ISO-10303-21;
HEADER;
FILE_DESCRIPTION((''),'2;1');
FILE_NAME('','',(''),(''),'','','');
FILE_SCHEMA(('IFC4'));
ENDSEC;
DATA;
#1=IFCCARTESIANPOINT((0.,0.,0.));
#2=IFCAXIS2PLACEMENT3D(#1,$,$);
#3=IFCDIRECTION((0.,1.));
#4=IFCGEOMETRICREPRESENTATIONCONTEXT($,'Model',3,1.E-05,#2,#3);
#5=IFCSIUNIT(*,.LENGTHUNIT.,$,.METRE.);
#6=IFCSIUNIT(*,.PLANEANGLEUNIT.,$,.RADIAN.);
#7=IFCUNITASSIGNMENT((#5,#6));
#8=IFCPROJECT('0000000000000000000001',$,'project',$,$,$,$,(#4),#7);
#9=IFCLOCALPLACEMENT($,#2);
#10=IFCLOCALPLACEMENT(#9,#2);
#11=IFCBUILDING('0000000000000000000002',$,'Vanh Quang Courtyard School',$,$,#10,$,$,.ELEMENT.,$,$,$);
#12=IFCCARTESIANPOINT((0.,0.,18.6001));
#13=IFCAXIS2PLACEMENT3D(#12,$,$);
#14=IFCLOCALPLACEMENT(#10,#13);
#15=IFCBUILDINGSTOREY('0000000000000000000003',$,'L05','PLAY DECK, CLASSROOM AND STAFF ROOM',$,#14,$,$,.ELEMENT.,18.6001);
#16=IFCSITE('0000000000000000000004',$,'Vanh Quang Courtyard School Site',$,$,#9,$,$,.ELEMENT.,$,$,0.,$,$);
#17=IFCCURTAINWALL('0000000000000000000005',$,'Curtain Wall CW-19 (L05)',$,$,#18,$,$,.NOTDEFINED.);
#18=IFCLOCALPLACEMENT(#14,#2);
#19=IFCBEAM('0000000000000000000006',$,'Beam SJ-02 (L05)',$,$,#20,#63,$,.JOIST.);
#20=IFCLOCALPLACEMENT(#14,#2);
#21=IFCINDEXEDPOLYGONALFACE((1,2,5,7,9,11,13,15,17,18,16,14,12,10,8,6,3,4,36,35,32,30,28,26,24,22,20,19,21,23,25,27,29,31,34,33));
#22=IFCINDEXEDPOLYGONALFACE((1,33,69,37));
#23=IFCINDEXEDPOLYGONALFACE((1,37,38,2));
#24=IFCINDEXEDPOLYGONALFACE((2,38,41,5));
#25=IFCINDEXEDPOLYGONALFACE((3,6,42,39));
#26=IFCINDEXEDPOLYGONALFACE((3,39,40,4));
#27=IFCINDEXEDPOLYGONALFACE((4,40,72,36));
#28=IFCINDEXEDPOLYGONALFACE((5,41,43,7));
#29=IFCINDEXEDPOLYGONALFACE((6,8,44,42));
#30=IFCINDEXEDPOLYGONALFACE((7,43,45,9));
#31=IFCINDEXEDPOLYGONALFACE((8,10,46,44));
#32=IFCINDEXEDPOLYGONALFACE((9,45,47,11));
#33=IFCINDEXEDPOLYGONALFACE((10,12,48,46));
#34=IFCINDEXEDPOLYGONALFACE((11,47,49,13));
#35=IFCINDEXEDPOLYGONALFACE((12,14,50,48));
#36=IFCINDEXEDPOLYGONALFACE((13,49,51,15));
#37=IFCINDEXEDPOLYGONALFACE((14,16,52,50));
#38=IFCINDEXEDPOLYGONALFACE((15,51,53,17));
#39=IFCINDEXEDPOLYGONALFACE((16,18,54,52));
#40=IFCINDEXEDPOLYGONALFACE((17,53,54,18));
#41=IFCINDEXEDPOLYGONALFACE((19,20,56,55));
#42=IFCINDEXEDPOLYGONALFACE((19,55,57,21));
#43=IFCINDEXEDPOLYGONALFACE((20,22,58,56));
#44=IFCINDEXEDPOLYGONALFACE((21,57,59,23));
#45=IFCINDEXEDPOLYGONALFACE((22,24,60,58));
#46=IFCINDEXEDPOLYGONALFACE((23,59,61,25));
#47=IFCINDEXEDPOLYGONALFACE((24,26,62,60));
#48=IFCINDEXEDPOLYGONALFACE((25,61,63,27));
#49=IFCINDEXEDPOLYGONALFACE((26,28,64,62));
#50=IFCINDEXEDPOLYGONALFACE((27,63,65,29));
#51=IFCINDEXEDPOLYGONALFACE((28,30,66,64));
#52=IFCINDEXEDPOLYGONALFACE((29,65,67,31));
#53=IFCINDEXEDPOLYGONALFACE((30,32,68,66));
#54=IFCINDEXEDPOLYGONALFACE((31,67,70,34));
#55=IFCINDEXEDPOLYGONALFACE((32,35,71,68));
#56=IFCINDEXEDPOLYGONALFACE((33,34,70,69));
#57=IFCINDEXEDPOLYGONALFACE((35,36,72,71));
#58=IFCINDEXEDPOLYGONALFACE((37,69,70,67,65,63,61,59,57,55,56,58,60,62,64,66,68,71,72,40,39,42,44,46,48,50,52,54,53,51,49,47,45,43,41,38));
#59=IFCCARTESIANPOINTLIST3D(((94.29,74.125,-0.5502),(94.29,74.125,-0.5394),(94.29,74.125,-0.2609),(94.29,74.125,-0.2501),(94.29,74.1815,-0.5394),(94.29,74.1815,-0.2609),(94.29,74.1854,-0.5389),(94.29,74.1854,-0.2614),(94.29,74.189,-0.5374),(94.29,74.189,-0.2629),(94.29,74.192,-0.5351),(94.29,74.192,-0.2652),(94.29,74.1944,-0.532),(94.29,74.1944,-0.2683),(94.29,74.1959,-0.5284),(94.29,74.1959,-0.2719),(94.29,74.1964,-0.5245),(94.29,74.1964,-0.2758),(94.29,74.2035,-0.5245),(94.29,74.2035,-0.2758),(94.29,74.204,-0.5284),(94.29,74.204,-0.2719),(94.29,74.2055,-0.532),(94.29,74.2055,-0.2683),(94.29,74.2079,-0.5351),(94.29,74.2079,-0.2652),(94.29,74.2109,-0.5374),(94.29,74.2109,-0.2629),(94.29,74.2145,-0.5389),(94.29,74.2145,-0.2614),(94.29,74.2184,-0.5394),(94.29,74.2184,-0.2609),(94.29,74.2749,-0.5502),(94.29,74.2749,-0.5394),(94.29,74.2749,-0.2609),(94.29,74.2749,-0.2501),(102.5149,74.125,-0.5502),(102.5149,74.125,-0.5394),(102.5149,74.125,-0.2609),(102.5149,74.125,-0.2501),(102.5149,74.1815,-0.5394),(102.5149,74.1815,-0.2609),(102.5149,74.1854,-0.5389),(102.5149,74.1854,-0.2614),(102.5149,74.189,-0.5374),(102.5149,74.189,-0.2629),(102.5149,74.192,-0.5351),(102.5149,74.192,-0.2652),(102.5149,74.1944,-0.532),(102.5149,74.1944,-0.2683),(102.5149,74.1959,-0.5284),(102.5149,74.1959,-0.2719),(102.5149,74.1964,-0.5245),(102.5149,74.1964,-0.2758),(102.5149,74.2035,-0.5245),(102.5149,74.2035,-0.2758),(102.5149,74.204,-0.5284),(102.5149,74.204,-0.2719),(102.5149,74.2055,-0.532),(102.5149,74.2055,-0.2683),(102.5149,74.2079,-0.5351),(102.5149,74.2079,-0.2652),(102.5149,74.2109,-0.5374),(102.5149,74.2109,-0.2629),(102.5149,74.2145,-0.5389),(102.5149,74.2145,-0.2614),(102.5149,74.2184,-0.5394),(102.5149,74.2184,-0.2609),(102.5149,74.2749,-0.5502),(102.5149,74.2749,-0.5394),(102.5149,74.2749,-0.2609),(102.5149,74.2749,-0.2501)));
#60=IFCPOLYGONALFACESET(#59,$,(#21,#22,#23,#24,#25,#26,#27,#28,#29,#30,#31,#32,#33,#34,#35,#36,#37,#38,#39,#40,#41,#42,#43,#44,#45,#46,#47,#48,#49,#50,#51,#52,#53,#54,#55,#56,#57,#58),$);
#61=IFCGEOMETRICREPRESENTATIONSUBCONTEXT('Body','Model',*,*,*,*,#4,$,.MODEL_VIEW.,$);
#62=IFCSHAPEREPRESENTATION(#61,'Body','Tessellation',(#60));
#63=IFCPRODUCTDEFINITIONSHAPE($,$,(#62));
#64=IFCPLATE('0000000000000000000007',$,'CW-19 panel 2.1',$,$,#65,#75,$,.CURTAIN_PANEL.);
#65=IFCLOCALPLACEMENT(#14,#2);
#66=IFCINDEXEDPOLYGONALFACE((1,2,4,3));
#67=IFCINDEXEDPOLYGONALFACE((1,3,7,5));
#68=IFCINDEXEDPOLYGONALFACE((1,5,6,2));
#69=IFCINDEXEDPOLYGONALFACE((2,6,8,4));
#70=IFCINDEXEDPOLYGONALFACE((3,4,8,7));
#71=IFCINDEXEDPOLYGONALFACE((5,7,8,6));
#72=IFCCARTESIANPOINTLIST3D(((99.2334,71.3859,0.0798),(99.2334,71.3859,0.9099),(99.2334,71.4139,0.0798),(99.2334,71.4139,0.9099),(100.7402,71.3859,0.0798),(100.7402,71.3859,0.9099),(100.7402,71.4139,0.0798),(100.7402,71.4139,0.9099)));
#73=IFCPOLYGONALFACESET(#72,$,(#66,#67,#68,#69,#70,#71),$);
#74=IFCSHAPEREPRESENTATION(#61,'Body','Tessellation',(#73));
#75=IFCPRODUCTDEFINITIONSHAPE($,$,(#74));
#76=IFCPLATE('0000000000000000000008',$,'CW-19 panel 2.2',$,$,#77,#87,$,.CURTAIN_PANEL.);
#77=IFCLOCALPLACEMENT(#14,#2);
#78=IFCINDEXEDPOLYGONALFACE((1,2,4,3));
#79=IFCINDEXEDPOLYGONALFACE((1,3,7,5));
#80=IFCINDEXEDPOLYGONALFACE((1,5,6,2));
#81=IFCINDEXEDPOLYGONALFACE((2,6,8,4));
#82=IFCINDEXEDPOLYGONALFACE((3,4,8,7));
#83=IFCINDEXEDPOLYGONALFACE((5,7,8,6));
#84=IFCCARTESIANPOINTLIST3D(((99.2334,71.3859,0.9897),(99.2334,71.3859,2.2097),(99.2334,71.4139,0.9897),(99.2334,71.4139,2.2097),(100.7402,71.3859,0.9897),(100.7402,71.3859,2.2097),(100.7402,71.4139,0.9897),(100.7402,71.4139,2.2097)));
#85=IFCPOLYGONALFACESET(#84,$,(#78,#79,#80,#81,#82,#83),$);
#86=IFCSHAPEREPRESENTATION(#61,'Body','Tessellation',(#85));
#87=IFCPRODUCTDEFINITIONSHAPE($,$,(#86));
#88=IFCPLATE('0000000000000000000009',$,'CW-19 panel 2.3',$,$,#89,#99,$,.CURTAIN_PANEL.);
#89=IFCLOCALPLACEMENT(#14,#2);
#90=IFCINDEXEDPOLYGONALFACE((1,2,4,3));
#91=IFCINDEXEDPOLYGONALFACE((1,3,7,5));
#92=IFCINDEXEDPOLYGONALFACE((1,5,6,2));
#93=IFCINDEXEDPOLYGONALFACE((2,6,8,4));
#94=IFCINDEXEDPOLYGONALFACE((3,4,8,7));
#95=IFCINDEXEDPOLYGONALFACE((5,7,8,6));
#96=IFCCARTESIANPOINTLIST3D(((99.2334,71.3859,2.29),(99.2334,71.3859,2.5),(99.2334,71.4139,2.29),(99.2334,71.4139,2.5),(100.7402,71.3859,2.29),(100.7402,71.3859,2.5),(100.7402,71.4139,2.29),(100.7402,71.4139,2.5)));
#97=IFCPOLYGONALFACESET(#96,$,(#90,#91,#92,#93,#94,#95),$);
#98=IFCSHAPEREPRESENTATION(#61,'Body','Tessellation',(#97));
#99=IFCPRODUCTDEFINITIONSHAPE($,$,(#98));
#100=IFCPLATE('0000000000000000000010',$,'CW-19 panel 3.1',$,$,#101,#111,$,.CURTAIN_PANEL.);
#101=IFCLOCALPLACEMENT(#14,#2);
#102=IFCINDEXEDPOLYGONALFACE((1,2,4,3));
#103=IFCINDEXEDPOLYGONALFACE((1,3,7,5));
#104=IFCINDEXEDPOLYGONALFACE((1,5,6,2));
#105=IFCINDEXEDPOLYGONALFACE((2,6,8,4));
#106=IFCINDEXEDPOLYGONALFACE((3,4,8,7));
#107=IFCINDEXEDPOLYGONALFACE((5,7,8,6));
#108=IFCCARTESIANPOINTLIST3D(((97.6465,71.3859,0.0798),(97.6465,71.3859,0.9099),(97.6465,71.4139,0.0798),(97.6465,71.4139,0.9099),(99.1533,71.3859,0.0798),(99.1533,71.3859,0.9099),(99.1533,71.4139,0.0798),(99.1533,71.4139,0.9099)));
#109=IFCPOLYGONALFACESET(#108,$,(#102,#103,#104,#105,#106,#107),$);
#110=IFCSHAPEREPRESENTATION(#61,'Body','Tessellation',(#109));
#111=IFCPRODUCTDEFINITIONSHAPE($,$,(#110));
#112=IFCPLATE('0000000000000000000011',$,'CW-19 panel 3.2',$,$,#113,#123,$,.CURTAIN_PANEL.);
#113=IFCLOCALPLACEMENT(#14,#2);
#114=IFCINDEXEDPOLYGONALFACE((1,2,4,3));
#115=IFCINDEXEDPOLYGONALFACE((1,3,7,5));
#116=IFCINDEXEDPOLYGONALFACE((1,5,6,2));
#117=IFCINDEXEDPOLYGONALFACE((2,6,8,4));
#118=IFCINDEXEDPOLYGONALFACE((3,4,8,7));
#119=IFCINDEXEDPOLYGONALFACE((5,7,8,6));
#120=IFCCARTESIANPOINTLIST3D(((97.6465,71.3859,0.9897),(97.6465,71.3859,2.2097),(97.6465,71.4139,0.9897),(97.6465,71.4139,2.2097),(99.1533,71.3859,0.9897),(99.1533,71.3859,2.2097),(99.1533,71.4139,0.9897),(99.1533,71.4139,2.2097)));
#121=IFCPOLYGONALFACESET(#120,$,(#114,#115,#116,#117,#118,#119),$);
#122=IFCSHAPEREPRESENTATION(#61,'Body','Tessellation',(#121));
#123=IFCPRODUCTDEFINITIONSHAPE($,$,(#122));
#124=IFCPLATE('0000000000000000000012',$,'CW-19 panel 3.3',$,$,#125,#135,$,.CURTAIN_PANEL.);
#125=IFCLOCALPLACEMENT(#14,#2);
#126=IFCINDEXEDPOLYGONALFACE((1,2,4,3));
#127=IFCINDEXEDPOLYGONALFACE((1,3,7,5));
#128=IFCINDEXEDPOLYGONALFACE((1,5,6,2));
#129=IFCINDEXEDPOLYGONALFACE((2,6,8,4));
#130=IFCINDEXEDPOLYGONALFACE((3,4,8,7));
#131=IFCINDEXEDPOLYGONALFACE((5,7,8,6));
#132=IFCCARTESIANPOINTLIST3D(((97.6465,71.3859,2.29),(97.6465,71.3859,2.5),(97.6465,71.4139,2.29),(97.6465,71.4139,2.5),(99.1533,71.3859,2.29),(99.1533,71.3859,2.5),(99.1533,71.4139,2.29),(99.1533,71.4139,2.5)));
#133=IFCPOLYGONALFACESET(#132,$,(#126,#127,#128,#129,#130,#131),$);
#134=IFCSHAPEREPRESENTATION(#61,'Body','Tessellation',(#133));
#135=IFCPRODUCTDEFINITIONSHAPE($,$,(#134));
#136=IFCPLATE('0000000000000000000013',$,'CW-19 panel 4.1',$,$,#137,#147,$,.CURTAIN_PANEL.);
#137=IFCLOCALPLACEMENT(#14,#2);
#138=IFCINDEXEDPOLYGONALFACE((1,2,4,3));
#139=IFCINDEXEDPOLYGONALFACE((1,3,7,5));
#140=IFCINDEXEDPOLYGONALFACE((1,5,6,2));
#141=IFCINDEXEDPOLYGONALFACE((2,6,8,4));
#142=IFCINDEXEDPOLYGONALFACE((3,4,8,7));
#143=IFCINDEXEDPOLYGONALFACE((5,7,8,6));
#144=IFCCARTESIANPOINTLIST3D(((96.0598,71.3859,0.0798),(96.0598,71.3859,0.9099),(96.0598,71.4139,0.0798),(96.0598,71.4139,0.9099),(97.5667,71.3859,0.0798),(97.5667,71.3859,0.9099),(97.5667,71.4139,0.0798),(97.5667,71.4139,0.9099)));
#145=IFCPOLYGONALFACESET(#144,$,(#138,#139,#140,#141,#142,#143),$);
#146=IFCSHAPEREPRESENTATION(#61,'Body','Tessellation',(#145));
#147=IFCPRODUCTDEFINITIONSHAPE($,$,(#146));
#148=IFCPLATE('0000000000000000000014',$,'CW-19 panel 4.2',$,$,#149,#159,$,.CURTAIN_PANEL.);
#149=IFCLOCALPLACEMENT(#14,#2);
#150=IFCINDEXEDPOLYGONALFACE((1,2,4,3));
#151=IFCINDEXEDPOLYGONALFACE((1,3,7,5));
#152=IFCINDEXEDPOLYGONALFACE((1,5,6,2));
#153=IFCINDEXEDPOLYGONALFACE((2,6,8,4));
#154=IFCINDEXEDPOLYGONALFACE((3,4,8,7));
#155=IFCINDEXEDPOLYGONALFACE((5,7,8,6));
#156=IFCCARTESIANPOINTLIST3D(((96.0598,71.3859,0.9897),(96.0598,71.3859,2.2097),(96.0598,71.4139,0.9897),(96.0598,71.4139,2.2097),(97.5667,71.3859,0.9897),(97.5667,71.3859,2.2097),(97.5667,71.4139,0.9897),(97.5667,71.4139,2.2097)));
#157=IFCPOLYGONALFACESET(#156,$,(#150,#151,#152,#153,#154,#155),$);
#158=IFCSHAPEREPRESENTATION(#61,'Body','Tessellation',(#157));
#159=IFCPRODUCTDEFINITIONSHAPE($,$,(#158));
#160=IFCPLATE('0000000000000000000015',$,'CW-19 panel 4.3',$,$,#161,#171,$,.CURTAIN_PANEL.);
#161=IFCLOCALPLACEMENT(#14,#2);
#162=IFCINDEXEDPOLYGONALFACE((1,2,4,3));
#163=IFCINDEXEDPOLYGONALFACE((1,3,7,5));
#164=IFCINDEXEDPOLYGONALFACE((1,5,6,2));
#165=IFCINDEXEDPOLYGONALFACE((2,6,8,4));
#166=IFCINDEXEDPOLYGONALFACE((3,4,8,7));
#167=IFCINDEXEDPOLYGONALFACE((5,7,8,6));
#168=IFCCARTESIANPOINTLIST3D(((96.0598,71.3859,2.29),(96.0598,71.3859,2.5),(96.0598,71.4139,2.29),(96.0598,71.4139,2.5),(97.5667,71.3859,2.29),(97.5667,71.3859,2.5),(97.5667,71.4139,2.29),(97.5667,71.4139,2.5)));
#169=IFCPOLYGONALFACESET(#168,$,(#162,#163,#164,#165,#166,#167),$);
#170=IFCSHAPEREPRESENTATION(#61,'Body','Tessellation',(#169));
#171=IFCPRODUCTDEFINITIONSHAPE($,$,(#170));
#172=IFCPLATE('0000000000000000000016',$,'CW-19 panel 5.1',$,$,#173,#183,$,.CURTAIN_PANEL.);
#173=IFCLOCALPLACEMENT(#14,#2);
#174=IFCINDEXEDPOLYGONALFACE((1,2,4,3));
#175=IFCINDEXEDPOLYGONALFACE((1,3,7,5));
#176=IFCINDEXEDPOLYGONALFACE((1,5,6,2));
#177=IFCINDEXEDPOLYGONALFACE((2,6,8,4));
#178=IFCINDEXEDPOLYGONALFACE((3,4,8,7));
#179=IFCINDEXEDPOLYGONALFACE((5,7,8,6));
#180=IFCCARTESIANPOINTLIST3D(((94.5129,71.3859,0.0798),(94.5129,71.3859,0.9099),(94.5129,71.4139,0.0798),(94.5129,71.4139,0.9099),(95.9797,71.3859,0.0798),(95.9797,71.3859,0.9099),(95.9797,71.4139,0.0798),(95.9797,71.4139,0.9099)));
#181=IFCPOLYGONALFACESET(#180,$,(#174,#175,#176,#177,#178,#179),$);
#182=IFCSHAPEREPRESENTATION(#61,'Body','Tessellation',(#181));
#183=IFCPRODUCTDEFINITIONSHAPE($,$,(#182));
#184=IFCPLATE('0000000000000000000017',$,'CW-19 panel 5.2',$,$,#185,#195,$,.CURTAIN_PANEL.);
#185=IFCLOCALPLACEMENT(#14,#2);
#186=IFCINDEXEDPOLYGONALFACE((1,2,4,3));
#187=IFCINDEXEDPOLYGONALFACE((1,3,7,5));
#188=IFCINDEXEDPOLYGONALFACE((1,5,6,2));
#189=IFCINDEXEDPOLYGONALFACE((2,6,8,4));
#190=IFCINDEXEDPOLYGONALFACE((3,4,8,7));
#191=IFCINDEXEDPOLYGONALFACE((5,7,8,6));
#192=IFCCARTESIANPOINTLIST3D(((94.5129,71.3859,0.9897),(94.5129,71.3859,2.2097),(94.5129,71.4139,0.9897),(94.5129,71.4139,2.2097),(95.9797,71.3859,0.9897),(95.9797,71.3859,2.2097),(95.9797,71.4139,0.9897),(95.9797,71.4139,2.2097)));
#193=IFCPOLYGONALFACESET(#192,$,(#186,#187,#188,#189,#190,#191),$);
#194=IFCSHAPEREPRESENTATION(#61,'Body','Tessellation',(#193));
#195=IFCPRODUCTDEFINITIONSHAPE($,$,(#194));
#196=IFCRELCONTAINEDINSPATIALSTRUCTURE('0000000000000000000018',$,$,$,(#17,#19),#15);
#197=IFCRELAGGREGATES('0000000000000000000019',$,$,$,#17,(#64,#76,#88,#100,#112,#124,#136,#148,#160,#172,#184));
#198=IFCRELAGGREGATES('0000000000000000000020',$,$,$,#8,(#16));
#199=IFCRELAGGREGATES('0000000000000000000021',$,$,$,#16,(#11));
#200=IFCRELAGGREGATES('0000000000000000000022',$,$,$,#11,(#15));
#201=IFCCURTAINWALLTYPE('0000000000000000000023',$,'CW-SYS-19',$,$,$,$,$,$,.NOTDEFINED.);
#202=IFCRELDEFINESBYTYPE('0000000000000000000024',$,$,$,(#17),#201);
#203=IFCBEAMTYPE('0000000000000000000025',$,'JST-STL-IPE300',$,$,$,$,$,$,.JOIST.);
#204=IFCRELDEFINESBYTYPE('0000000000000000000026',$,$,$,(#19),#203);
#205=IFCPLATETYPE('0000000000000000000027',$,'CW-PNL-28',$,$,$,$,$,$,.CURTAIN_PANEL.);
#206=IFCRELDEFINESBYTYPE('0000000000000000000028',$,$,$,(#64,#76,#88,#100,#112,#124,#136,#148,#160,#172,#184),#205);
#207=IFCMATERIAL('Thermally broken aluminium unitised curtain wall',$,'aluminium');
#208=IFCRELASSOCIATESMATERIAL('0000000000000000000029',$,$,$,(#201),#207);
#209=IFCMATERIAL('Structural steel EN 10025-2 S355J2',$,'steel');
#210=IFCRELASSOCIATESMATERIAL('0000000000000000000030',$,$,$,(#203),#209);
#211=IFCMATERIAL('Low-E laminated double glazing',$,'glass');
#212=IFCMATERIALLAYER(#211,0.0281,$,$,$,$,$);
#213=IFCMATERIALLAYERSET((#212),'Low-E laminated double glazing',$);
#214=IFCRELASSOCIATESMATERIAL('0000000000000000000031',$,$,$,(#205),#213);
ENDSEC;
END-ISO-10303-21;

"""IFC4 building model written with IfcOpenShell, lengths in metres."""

from ifc_helpers import new_model, si_unit, direction, frame, origin, origin_2d, place, context, subcontext, project, spatial, rectangle, i_section, extrude, material, layer, layer_set, material_profile, profile_set, type_object, element, aggregate, save


model = new_model("IFC4")

# Units and contexts
model_context = context("Model", 3, precision=1e-05, world=origin(), true_north=direction((0.0, 1.0)))
body_context = subcontext(model_context, "Body", "Model", "MODEL_VIEW")
ifc_project = project(units=[si_unit("LENGTHUNIT", "METRE"), si_unit("PLANEANGLEUNIT", "RADIAN")], contexts=[model_context])

# Site, building, storey
site_placement = place(None, origin())
site = spatial("IfcSite", under=ifc_project, at=site_placement, Name="Vanh Quang Courtyard School Site", CompositionType="ELEMENT", RefElevation=0.0)
building_placement = place(site_placement, origin())
building = spatial("IfcBuilding", under=site, at=building_placement, Name="Vanh Quang Courtyard School", CompositionType="ELEMENT")
storey_placement = place(building_placement, frame((0.0, 0.0, 18.6001)))
storey = spatial("IfcBuildingStorey", under=building, at=storey_placement, Name="L05", Description="PLAY DECK, CLASSROOM AND STAFF ROOM", CompositionType="ELEMENT", Elevation=18.6001)

# Shared definitions
ifc_material_1 = material(Name="Structural steel EN 10025-2 S355J2", Category="steel")

# Shared definitions
ifc_material_2 = material(Name="Thermally broken aluminium unitised curtain wall", Category="aluminium")

# Curtain wall
curtain_wall_type_1 = type_object("IfcCurtainWallType", Name="CW-SYS-19", PredefinedType="NOTDEFINED", material=ifc_material_2)
curtain_wall_1_placement = place(storey_placement, origin())
curtain_wall_1 = element("IfcCurtainWall", 1, at=curtain_wall_1_placement, inside=storey, type_object=curtain_wall_type_1, Name="Curtain Wall CW-19 (L05)", PredefinedType="NOTDEFINED")

# Beam
ifc_material_profile_1 = material_profile(ifc_material_1, i_section(OverallWidth=0.1499, OverallDepth=0.3, WebThickness=0.0071, FlangeThickness=0.0107, FilletRadius=0.0149, at=origin_2d()), Name="IPE 300")
ifc_profile_set_1 = profile_set([ifc_material_profile_1], Name="Structural steel EN 10025-2 S355J2")
beam_type_1 = type_object("IfcBeamType", Name="JST-STL-IPE300", PredefinedType="JOIST", material=ifc_profile_set_1)
beam_1_placement = place(storey_placement, frame((94.29, 74.2, -0.4001), z_axis=(1.0, 0.0, 0.0), x_axis=(0.0, 1.0, 0.0)))
element("IfcBeam", 2, at=beam_1_placement, inside=storey, type_object=beam_type_1, Name="Beam SJ-02 (L05)", PredefinedType="JOIST", context=body_context, shape_type="SweptSolid", body=[
    extrude(i_section(OverallWidth=0.1499, OverallDepth=0.3, WebThickness=0.0071, FlangeThickness=0.0107, FilletRadius=0.0149, at=origin_2d()), origin(), (0.0, 0.0, 1.0), 8.2249),
])

# Plates
ifc_material_3 = material(Name="Low-E laminated double glazing", Category="glass")
ifc_layer_1 = layer(ifc_material_3, 0.0281)
ifc_layer_set_1 = layer_set([ifc_layer_1], Name="Low-E laminated double glazing")
plate_type = type_object("IfcPlateType", Name="CW-PNL-28", PredefinedType="CURTAIN_PANEL", material=ifc_layer_set_1)
plate_1_placement = place(storey_placement, frame((99.9868, 71.3999, 0.0798), z_axis=(0.0, 0.0, 1.0), x_axis=(-1.0, 0.0, 0.0)))
plate_1 = element("IfcPlate", 3, at=plate_1_placement, type_object=plate_type, Name="CW-19 panel 2.1", PredefinedType="CURTAIN_PANEL", context=body_context, shape_type="SweptSolid", body=[
    extrude(rectangle(XDim=1.5068, YDim=0.0281, at=origin_2d()), origin(), (0.0, 0.0, 1.0), 0.8301),
])
plate_2_placement = place(storey_placement, frame((99.9868, 71.3999, 0.9897), z_axis=(0.0, 0.0, 1.0), x_axis=(-1.0, 0.0, 0.0)))
plate_2 = element("IfcPlate", 4, at=plate_2_placement, type_object=plate_type, Name="CW-19 panel 2.2", PredefinedType="CURTAIN_PANEL", context=body_context, shape_type="SweptSolid", body=[
    extrude(rectangle(XDim=1.5068, YDim=0.0281, at=origin_2d()), origin(), (0.0, 0.0, 1.0), 1.22),
])
plate_3_placement = place(storey_placement, frame((99.9868, 71.3999, 2.29), z_axis=(0.0, 0.0, 1.0), x_axis=(-1.0, 0.0, 0.0)))
plate_3 = element("IfcPlate", 5, at=plate_3_placement, type_object=plate_type, Name="CW-19 panel 2.3", PredefinedType="CURTAIN_PANEL", context=body_context, shape_type="SweptSolid", body=[
    extrude(rectangle(XDim=1.5068, YDim=0.0281, at=origin_2d()), origin(), (0.0, 0.0, 1.0), 0.21),
])
plate_4_placement = place(storey_placement, frame((98.3999, 71.3999, 0.0798), z_axis=(0.0, 0.0, 1.0), x_axis=(-1.0, 0.0, 0.0)))
plate_4 = element("IfcPlate", 6, at=plate_4_placement, type_object=plate_type, Name="CW-19 panel 3.1", PredefinedType="CURTAIN_PANEL", context=body_context, shape_type="SweptSolid", body=[
    extrude(rectangle(XDim=1.5068, YDim=0.0281, at=origin_2d()), origin(), (0.0, 0.0, 1.0), 0.8301),
])
plate_5_placement = place(storey_placement, frame((98.3999, 71.3999, 0.9897), z_axis=(0.0, 0.0, 1.0), x_axis=(-1.0, 0.0, 0.0)))
plate_5 = element("IfcPlate", 7, at=plate_5_placement, type_object=plate_type, Name="CW-19 panel 3.2", PredefinedType="CURTAIN_PANEL", context=body_context, shape_type="SweptSolid", body=[
    extrude(rectangle(XDim=1.5068, YDim=0.0281, at=origin_2d()), origin(), (0.0, 0.0, 1.0), 1.22),
])
plate_6_placement = place(storey_placement, frame((98.3999, 71.3999, 2.29), z_axis=(0.0, 0.0, 1.0), x_axis=(-1.0, 0.0, 0.0)))
plate_6 = element("IfcPlate", 8, at=plate_6_placement, type_object=plate_type, Name="CW-19 panel 3.3", PredefinedType="CURTAIN_PANEL", context=body_context, shape_type="SweptSolid", body=[
    extrude(rectangle(XDim=1.5068, YDim=0.0281, at=origin_2d()), origin(), (0.0, 0.0, 1.0), 0.21),
])
plate_7_placement = place(storey_placement, frame((96.8132, 71.3999, 0.0798), z_axis=(0.0, 0.0, 1.0), x_axis=(-1.0, 0.0, 0.0)))
plate_7 = element("IfcPlate", 9, at=plate_7_placement, type_object=plate_type, Name="CW-19 panel 4.1", PredefinedType="CURTAIN_PANEL", context=body_context, shape_type="SweptSolid", body=[
    extrude(rectangle(XDim=1.5068, YDim=0.0281, at=origin_2d()), origin(), (0.0, 0.0, 1.0), 0.8301),
])
plate_8_placement = place(storey_placement, frame((96.8132, 71.3999, 0.9897), z_axis=(0.0, 0.0, 1.0), x_axis=(-1.0, 0.0, 0.0)))
plate_8 = element("IfcPlate", 10, at=plate_8_placement, type_object=plate_type, Name="CW-19 panel 4.2", PredefinedType="CURTAIN_PANEL", context=body_context, shape_type="SweptSolid", body=[
    extrude(rectangle(XDim=1.5068, YDim=0.0281, at=origin_2d()), origin(), (0.0, 0.0, 1.0), 1.22),
])
plate_9_placement = place(storey_placement, frame((96.8132, 71.3999, 2.29), z_axis=(0.0, 0.0, 1.0), x_axis=(-1.0, 0.0, 0.0)))
plate_9 = element("IfcPlate", 11, at=plate_9_placement, type_object=plate_type, Name="CW-19 panel 4.3", PredefinedType="CURTAIN_PANEL", context=body_context, shape_type="SweptSolid", body=[
    extrude(rectangle(XDim=1.5068, YDim=0.0281, at=origin_2d()), origin(), (0.0, 0.0, 1.0), 0.21),
])
plate_10_placement = place(storey_placement, frame((95.2463, 71.3999, 0.0798), z_axis=(0.0, 0.0, 1.0), x_axis=(-1.0, 0.0, 0.0)))
plate_10 = element("IfcPlate", 12, at=plate_10_placement, type_object=plate_type, Name="CW-19 panel 5.1", PredefinedType="CURTAIN_PANEL", context=body_context, shape_type="SweptSolid", body=[
    extrude(rectangle(XDim=1.4668, YDim=0.0281, at=origin_2d()), origin(), (0.0, 0.0, 1.0), 0.8301),
])
plate_11_placement = place(storey_placement, frame((95.2463, 71.3999, 0.9897), z_axis=(0.0, 0.0, 1.0), x_axis=(-1.0, 0.0, 0.0)))
plate_11 = element("IfcPlate", 13, at=plate_11_placement, type_object=plate_type, Name="CW-19 panel 5.2", PredefinedType="CURTAIN_PANEL", context=body_context, shape_type="SweptSolid", body=[
    extrude(rectangle(XDim=1.4668, YDim=0.0281, at=origin_2d()), origin(), (0.0, 0.0, 1.0), 1.22),
])
aggregate(curtain_wall_1, [plate_1, plate_2, plate_3, plate_4, plate_5, plate_6, plate_7, plate_8, plate_9, plate_10, plate_11])

save(model, "model.ifc")
